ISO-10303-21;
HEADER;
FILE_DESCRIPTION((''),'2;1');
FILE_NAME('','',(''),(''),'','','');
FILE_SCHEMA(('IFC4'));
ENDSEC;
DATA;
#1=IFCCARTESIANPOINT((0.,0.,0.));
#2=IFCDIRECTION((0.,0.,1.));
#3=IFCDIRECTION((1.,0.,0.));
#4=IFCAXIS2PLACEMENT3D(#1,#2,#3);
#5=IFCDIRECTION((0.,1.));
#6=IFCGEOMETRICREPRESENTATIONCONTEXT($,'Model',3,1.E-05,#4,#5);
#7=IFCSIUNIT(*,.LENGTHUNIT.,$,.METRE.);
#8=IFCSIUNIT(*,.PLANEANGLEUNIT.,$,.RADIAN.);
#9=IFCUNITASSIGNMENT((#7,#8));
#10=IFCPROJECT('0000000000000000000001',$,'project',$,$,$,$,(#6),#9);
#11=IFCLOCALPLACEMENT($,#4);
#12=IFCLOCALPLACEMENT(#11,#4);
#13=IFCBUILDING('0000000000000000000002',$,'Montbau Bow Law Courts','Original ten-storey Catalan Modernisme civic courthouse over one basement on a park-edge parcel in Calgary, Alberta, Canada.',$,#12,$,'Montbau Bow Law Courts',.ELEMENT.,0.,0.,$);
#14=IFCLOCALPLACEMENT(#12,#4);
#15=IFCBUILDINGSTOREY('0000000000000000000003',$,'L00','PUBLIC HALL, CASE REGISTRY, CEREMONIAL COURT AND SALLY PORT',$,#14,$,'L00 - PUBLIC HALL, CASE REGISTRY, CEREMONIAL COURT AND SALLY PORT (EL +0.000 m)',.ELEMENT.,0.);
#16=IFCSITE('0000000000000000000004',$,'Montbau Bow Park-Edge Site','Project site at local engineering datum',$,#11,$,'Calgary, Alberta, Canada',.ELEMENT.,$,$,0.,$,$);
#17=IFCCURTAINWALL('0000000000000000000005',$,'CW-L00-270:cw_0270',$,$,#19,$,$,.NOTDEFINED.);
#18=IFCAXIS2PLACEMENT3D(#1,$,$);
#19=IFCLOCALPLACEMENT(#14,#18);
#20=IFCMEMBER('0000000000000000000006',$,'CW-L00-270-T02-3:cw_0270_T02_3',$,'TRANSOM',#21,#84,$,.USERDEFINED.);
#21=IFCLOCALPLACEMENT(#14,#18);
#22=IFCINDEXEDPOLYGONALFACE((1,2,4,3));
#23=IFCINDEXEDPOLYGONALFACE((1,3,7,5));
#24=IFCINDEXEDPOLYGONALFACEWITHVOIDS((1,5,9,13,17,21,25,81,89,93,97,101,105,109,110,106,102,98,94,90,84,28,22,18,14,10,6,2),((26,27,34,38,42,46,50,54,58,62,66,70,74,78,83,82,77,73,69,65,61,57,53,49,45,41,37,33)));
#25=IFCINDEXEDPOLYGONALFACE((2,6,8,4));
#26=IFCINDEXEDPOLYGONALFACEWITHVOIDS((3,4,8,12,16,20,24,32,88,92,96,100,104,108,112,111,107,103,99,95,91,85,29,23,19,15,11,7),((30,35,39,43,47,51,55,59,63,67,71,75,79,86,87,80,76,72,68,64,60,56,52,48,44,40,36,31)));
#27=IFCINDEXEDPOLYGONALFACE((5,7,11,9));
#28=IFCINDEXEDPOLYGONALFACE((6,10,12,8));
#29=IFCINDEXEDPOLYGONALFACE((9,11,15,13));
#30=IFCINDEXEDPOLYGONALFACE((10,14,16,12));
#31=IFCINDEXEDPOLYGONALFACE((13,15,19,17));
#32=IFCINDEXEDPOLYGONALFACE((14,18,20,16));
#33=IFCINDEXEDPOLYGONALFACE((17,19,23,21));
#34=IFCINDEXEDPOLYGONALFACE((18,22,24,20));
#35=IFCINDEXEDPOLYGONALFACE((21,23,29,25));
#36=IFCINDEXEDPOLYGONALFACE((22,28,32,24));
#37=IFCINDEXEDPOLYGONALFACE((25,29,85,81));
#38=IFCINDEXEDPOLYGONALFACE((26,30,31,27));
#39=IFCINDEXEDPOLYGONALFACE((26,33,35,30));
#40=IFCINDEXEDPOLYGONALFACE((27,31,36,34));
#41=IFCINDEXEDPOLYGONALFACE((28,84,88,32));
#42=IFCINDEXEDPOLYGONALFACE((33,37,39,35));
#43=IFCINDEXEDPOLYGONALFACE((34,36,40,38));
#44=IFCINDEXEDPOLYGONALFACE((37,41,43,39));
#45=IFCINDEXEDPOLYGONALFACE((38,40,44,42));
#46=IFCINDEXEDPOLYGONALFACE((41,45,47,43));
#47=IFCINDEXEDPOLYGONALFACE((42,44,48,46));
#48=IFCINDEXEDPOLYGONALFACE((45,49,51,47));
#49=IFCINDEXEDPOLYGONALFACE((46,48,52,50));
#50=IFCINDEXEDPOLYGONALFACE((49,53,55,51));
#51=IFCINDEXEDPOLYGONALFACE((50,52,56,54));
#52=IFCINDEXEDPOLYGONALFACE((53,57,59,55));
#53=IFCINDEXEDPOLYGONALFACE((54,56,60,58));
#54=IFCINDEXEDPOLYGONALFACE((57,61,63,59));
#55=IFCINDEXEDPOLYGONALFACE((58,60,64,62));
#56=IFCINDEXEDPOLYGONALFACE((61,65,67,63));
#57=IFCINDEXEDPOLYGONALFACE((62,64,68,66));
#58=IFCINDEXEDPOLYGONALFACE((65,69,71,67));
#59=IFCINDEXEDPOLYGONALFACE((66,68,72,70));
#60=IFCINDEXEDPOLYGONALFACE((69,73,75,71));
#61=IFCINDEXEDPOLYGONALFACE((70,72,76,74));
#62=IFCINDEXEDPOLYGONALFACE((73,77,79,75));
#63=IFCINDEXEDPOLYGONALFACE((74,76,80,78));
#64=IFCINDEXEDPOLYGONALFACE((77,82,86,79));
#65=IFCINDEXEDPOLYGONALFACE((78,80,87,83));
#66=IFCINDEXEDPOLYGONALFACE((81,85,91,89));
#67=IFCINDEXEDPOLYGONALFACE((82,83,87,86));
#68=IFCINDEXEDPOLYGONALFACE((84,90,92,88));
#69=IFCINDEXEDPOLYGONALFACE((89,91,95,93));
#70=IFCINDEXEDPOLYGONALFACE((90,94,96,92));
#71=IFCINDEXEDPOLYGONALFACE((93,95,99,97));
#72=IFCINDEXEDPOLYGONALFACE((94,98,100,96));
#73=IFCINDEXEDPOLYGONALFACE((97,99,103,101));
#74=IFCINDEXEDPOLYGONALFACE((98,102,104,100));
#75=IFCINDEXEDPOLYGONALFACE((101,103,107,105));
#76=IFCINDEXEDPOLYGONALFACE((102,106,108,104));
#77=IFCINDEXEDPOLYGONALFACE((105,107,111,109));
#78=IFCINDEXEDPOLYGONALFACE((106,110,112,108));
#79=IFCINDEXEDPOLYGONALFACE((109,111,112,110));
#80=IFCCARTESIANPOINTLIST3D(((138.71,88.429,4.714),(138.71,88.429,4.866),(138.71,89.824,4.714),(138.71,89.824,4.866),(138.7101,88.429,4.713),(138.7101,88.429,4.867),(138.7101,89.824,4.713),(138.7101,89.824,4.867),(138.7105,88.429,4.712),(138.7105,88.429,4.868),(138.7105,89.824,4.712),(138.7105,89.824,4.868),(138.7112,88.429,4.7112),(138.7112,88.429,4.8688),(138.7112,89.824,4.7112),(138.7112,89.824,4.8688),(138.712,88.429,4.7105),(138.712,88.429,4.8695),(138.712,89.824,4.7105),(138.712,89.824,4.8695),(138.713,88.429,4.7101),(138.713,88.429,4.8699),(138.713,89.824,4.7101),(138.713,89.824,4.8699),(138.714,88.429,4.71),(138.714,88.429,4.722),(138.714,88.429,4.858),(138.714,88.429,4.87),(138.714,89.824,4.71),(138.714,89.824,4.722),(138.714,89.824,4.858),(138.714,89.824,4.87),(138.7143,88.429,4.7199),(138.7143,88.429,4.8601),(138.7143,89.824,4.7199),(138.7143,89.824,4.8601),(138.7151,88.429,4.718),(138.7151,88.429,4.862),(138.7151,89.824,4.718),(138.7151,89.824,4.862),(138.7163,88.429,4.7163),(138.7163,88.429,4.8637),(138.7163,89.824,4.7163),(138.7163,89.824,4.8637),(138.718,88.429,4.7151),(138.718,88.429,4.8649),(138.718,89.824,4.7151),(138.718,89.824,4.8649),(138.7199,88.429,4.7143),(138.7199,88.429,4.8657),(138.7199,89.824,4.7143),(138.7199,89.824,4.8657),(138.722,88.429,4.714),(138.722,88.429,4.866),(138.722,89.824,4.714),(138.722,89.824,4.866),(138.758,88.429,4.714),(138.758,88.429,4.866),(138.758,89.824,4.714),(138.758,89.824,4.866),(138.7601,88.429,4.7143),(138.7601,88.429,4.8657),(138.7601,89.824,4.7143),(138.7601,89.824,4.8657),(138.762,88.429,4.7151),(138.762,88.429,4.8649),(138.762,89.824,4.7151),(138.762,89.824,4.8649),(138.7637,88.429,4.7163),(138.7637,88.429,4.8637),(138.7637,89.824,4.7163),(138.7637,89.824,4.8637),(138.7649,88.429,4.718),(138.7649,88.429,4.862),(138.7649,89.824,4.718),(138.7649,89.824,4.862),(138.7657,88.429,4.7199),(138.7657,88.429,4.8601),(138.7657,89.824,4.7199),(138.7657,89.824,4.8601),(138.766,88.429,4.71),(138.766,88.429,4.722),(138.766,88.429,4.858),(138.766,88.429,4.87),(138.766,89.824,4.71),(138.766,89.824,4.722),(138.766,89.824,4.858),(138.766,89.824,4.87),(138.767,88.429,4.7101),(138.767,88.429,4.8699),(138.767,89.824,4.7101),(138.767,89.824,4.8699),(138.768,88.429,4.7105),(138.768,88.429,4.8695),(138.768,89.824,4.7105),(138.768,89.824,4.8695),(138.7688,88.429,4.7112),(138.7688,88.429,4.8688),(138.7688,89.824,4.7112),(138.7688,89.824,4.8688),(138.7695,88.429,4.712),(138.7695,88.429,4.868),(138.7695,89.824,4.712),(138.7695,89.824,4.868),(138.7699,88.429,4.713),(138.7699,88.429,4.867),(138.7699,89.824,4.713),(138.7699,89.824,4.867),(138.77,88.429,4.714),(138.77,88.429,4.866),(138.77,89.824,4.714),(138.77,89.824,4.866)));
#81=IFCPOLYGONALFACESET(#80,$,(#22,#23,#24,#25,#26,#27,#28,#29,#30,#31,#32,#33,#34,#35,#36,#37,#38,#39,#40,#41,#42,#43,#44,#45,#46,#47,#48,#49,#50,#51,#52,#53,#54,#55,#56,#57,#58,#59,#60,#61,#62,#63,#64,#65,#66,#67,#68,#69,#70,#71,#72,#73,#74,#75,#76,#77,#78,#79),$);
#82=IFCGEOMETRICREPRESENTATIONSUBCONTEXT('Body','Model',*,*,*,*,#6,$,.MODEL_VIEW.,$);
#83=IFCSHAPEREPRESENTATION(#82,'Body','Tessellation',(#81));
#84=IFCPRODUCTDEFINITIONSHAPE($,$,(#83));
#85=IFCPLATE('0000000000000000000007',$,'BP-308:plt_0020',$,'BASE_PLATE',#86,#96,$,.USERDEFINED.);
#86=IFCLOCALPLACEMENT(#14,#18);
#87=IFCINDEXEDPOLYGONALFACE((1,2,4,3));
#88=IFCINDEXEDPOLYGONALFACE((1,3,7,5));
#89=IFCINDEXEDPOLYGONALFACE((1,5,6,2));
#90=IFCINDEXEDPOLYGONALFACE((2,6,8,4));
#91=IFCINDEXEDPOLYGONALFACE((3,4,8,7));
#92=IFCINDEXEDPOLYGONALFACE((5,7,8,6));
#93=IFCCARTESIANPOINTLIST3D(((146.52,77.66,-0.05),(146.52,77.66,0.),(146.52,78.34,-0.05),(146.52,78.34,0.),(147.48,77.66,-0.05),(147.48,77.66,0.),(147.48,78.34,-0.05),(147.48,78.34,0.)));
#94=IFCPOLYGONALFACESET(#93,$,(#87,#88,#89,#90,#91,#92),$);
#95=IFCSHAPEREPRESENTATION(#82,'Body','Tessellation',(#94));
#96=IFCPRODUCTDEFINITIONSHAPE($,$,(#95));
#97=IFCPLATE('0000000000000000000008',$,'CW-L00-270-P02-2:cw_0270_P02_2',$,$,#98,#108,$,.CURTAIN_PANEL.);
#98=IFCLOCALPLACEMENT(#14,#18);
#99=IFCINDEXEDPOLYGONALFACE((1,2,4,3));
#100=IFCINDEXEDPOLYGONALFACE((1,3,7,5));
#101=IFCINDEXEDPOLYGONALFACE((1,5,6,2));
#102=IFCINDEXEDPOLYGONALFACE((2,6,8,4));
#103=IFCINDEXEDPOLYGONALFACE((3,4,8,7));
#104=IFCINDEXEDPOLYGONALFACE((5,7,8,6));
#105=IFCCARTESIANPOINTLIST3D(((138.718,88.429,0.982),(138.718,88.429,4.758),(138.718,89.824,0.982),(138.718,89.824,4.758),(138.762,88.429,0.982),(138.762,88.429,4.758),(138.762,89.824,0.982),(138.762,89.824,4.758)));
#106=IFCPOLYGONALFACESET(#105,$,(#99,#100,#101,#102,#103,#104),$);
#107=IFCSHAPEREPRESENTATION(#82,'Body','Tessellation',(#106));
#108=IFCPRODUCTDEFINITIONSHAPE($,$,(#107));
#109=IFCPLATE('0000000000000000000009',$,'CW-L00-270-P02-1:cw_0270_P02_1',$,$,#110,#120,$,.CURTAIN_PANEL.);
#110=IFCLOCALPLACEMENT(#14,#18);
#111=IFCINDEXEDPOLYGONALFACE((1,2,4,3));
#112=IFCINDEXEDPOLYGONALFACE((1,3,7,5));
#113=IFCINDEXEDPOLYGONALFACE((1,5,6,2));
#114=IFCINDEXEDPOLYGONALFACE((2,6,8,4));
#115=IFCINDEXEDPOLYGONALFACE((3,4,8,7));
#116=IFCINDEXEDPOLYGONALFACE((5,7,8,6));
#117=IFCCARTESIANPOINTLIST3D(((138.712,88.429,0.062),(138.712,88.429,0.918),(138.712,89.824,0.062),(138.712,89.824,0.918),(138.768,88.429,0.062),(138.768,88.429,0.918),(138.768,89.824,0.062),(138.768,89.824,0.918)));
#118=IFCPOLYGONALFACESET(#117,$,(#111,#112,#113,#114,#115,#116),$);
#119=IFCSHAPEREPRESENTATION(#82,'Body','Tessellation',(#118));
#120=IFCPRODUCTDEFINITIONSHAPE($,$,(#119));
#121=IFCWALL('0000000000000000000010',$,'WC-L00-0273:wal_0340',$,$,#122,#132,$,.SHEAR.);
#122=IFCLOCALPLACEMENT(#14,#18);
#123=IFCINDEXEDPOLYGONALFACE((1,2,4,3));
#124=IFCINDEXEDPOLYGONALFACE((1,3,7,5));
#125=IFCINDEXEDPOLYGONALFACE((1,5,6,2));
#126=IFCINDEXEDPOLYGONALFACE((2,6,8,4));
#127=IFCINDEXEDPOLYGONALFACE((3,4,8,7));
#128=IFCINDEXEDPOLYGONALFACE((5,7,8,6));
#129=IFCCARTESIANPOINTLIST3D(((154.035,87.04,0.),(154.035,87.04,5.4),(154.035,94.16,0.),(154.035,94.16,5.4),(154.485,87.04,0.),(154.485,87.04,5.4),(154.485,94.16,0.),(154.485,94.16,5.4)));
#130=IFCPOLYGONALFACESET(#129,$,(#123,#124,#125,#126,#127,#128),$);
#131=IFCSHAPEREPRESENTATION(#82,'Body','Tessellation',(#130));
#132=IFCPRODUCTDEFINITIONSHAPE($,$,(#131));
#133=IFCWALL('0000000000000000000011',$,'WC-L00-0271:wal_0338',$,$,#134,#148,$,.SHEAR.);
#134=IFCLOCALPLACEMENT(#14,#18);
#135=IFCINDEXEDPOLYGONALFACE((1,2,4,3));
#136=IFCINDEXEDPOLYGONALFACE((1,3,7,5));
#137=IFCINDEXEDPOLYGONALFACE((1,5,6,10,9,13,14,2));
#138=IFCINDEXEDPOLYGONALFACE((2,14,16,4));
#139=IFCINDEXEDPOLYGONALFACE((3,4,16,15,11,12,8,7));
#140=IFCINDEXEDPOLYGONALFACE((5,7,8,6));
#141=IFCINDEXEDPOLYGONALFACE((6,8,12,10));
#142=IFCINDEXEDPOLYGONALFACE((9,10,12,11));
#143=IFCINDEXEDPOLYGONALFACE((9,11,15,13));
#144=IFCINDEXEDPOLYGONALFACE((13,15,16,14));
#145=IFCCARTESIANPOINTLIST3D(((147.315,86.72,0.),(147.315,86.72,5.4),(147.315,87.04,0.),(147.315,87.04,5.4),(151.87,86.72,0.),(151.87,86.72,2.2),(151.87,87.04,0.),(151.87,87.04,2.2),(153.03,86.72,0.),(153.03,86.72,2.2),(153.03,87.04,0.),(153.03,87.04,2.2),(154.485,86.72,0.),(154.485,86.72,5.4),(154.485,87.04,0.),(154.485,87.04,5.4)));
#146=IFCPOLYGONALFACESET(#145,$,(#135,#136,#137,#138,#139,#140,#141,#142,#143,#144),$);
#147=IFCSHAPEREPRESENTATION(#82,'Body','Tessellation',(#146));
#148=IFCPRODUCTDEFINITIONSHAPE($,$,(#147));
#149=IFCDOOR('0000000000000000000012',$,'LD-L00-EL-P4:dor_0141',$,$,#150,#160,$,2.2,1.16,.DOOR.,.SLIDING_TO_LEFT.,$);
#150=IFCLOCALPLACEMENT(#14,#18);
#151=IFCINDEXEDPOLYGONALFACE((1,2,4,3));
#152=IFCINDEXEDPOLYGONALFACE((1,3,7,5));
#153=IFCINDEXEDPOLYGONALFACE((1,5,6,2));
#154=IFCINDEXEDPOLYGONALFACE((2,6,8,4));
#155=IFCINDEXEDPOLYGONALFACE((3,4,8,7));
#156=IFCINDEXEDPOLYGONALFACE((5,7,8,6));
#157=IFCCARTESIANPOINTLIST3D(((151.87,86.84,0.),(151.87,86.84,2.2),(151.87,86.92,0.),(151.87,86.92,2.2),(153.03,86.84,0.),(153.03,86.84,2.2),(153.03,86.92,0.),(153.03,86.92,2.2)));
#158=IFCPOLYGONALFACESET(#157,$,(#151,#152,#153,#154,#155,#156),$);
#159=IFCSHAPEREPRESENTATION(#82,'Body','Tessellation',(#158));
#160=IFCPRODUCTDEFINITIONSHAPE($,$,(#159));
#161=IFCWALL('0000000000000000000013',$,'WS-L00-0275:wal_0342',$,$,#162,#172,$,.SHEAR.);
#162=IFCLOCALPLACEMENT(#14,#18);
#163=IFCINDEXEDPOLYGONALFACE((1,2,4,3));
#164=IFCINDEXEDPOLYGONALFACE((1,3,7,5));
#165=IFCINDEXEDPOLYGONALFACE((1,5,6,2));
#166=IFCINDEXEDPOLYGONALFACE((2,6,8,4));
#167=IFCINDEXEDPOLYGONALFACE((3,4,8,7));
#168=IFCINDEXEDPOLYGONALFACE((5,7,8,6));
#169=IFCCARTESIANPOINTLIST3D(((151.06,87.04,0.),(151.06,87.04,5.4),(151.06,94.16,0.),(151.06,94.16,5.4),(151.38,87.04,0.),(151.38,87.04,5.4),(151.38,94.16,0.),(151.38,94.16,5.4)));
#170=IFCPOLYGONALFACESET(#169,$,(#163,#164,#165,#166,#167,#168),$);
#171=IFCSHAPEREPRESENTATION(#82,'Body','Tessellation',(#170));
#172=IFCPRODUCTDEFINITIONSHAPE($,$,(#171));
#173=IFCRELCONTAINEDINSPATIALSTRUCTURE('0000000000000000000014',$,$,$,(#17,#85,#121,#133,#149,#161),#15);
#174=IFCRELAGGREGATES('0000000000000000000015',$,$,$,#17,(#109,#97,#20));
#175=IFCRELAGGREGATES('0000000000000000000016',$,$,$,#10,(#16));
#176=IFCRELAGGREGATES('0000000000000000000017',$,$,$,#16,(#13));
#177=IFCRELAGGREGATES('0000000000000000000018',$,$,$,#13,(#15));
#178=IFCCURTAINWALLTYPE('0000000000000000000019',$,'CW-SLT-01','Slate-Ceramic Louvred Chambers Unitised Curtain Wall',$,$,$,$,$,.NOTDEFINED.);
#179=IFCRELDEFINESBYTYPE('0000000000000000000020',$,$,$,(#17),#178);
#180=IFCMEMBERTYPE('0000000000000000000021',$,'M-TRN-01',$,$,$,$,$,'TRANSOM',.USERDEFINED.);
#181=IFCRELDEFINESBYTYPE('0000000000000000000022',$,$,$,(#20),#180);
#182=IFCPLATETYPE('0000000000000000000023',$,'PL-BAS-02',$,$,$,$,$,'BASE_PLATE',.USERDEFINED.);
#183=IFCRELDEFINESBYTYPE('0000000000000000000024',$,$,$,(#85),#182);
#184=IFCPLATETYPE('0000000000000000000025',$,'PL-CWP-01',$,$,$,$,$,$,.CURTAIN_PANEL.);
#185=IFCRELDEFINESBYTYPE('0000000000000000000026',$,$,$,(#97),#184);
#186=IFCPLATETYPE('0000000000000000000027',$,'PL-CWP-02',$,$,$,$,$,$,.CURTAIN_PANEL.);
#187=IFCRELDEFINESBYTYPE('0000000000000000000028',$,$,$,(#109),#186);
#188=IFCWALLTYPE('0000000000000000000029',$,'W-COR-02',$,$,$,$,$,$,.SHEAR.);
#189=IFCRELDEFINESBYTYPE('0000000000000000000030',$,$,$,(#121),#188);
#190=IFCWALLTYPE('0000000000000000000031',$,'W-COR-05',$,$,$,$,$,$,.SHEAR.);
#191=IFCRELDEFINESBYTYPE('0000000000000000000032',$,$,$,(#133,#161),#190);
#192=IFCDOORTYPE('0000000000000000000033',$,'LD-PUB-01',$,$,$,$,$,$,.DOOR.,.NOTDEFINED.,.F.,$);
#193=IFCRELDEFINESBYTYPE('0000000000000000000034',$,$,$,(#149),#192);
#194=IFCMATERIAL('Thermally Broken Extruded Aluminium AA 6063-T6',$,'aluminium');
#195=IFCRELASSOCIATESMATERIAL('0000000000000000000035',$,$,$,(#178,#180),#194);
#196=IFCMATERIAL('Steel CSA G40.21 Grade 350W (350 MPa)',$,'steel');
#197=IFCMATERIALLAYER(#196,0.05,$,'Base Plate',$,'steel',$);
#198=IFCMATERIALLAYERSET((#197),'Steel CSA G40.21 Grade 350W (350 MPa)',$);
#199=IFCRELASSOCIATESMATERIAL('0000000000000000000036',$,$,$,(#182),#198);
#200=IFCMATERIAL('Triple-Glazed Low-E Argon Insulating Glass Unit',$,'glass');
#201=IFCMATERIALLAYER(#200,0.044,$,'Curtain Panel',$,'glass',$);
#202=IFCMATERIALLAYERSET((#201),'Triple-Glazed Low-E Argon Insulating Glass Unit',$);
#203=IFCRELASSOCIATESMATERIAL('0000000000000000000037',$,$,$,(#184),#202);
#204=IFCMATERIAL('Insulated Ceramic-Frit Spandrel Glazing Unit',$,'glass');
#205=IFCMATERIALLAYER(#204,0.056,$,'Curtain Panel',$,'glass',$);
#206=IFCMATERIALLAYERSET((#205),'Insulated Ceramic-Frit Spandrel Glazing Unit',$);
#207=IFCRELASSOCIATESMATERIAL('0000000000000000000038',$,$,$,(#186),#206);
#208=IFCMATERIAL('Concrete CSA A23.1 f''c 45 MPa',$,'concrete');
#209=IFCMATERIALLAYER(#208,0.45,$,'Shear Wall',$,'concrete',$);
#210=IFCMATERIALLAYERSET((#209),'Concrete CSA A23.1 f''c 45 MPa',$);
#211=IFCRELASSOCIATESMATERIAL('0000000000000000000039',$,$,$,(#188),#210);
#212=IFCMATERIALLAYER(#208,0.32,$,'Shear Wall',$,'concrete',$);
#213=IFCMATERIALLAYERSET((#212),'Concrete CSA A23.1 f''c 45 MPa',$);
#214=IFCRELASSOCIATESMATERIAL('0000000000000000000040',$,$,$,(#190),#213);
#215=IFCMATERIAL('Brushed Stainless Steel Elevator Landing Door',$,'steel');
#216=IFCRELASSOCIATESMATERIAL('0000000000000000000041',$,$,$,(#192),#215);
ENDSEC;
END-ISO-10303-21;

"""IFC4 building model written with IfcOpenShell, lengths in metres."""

from ifc_helpers import new_model, si_unit, direction, frame, frame_2d, origin_with_axes, origin_2d_with_axis, place, context, subcontext, project, spatial, rectangle, hollow_rectangle, extrude, material, layer, layer_set, material_profile, profile_set, type_object, element, fill, aggregate, save


model = new_model("IFC4")

# Units and contexts
model_context = context("Model", 3, precision=1e-05, world=origin_with_axes(), true_north=direction((0.0, 1.0)))
body_context = subcontext(model_context, "Body", "Model", "MODEL_VIEW")
ifc_project = project(units=[si_unit("LENGTHUNIT", "METRE"), si_unit("PLANEANGLEUNIT", "RADIAN")], contexts=[model_context])

# Site, building, storey
site_placement = place(None, origin_with_axes())
site = spatial("IfcSite", under=ifc_project, at=site_placement, Name="Montbau Bow Park-Edge Site", Description="Project site at local engineering datum", LongName="Calgary, Alberta, Canada", CompositionType="ELEMENT", RefElevation=0.0)
building_placement = place(site_placement, origin_with_axes())
building = spatial("IfcBuilding", under=site, at=building_placement, Name="Montbau Bow Law Courts", Description="Original ten-storey Catalan Modernisme civic courthouse over one basement on a park-edge parcel in Calgary, Alberta, Canada.", LongName="Montbau Bow Law Courts", CompositionType="ELEMENT", ElevationOfRefHeight=0.0, ElevationOfTerrain=0.0)
storey_placement = place(building_placement, origin_with_axes())
storey = spatial("IfcBuildingStorey", under=building, at=storey_placement, Name="L00", Description="PUBLIC HALL, CASE REGISTRY, CEREMONIAL COURT AND SALLY PORT", LongName="L00 - PUBLIC HALL, CASE REGISTRY, CEREMONIAL COURT AND SALLY PORT (EL +0.000 m)", CompositionType="ELEMENT", Elevation=0.0)

# Shared definitions
ifc_material_1 = material(Name="Steel CSA G40.21 Grade 350W (350 MPa)", Category="steel")

# Curtain wall, member
ifc_material_2 = material(Name="Thermally Broken Extruded Aluminium AA 6063-T6", Category="aluminium")
curtain_wall_type = type_object("IfcCurtainWallType", Name="CW-SLT-01", Description="Slate-Ceramic Louvred Chambers Unitised Curtain Wall", PredefinedType="NOTDEFINED", material=ifc_material_2)
curtain_wall_placement = place(None, frame((138.74, 86.915, 0.0), z_axis=(0.0, 0.0, 1.0), x_axis=(1.0, 0.0, 0.0)))
curtain_wall = element("IfcCurtainWall", 1, at=curtain_wall_placement, inside=storey, type_object=curtain_wall_type, Name="CW-L00-270:cw_0270", PredefinedType="NOTDEFINED")
ifc_material_profile_1 = material_profile(ifc_material_2, hollow_rectangle(XDim=0.06, YDim=0.16, WallThickness=0.004, InnerFilletRadius=0.008, OuterFilletRadius=0.004, at=origin_2d_with_axis()), Name="CWT-160X60", Category="Main", Priority=0)
ifc_profile_set_1 = profile_set([ifc_material_profile_1], Name="Thermally Broken Extruded Aluminium AA 6063-T6")
member_type_1 = type_object("IfcMemberType", Name="M-TRN-01", ElementType="TRANSOM", PredefinedType="USERDEFINED", material=ifc_profile_set_1)
member_1_placement = place(None, frame((138.74, 88.429, 4.79), z_axis=(0.0, 1.0, 0.0), x_axis=(-1.0, 0.0, 0.0)))
member_1 = element("IfcMember", 2, at=member_1_placement, type_object=member_type_1, Name="CW-L00-270-T02-3:cw_0270_T02_3", ObjectType="TRANSOM", PredefinedType="USERDEFINED", context=body_context, shape_type="SweptSolid", body=[
    extrude(hollow_rectangle(XDim=0.06, YDim=0.16, WallThickness=0.004, InnerFilletRadius=0.008, OuterFilletRadius=0.004, at=origin_2d_with_axis()), origin_with_axes(), (0.0, 0.0, 1.0), 1.395),
])

# Plates
ifc_layer_1 = layer(ifc_material_1, 0.05, Name="Base Plate", Category="steel")
ifc_layer_set_1 = layer_set([ifc_layer_1], Name="Steel CSA G40.21 Grade 350W (350 MPa)")
plate_type_1 = type_object("IfcPlateType", Name="PL-BAS-02", ElementType="BASE_PLATE", PredefinedType="USERDEFINED", material=ifc_layer_set_1)
plate_1_placement = place(None, frame((147.0, 78.0, -0.05), z_axis=(0.0, 0.0, 1.0), x_axis=(1.0, 0.0, 0.0)))
element("IfcPlate", 3, at=plate_1_placement, inside=storey, type_object=plate_type_1, Name="BP-308:plt_0020", ObjectType="BASE_PLATE", PredefinedType="USERDEFINED", context=body_context, shape_type="SweptSolid", body=[
    extrude(rectangle(XDim=0.96, YDim=0.68, at=origin_2d_with_axis()), origin_with_axes(), (0.0, 0.0, 1.0), 0.05),
])
ifc_material_3 = material(Name="Triple-Glazed Low-E Argon Insulating Glass Unit", Category="glass")
ifc_layer_2 = layer(ifc_material_3, 0.044, Name="Curtain Panel", Category="glass")
ifc_layer_set_2 = layer_set([ifc_layer_2], Name="Triple-Glazed Low-E Argon Insulating Glass Unit")
plate_type_2 = type_object("IfcPlateType", Name="PL-CWP-01", PredefinedType="CURTAIN_PANEL", material=ifc_layer_set_2)
plate_2_placement = place(None, frame((138.74, 88.429, 0.982), z_axis=(1.0, 0.0, 0.0), x_axis=(0.0, 1.0, 0.0)))
plate_2 = element("IfcPlate", 4, at=plate_2_placement, type_object=plate_type_2, Name="CW-L00-270-P02-2:cw_0270_P02_2", PredefinedType="CURTAIN_PANEL", context=body_context, shape_type="SweptSolid", body=[
    extrude(rectangle(XDim=1.395, YDim=3.776, at=frame_2d((0.6975, 1.888), x_axis=(1.0, 0.0))), frame((0.0, 0.0, -0.022), z_axis=(0.0, 0.0, 1.0), x_axis=(1.0, 0.0, 0.0)), (0.0, 0.0, 1.0), 0.044),
])
ifc_material_4 = material(Name="Insulated Ceramic-Frit Spandrel Glazing Unit", Category="glass")
ifc_layer_3 = layer(ifc_material_4, 0.056, Name="Curtain Panel", Category="glass")
ifc_layer_set_3 = layer_set([ifc_layer_3], Name="Insulated Ceramic-Frit Spandrel Glazing Unit")
plate_type_3 = type_object("IfcPlateType", Name="PL-CWP-02", PredefinedType="CURTAIN_PANEL", material=ifc_layer_set_3)
plate_3_placement = place(None, frame((138.74, 88.429, 0.062), z_axis=(1.0, 0.0, 0.0), x_axis=(0.0, 1.0, 0.0)))
plate_3 = element("IfcPlate", 5, at=plate_3_placement, type_object=plate_type_3, Name="CW-L00-270-P02-1:cw_0270_P02_1", PredefinedType="CURTAIN_PANEL", context=body_context, shape_type="SweptSolid", body=[
    extrude(rectangle(XDim=1.395, YDim=0.856, at=frame_2d((0.6975, 0.428), x_axis=(1.0, 0.0))), frame((0.0, 0.0, -0.028), z_axis=(0.0, 0.0, 1.0), x_axis=(1.0, 0.0, 0.0)), (0.0, 0.0, 1.0), 0.056),
])
aggregate(curtain_wall, [plate_3, plate_2, member_1])

# Wall
ifc_material_5 = material(Name="Concrete CSA A23.1 f'c 45 MPa", Category="concrete")
ifc_layer_4 = layer(ifc_material_5, 0.45, Name="Shear Wall", Category="concrete")
ifc_layer_set_4 = layer_set([ifc_layer_4], Name="Concrete CSA A23.1 f'c 45 MPa")
wall_type_1 = type_object("IfcWallType", Name="W-COR-02", PredefinedType="SHEAR", material=ifc_layer_set_4)
wall_1_placement = place(None, frame((154.26, 87.04, 0.0), z_axis=(0.0, 0.0, 1.0), x_axis=(0.0, 1.0, 0.0)))
element("IfcWall", 6, at=wall_1_placement, inside=storey, type_object=wall_type_1, Name="WC-L00-0273:wal_0340", PredefinedType="SHEAR", context=body_context, shape_type="SweptSolid", body=[
    extrude(rectangle(XDim=7.12, YDim=0.45, at=frame_2d((3.56, 0.0), x_axis=(1.0, 0.0))), origin_with_axes(), (0.0, 0.0, 1.0), 5.4),
])

# Wall, opening, door
ifc_layer_5 = layer(ifc_material_5, 0.32, Name="Shear Wall", Category="concrete")
ifc_layer_set_5 = layer_set([ifc_layer_5], Name="Concrete CSA A23.1 f'c 45 MPa")
wall_type_2 = type_object("IfcWallType", Name="W-COR-05", PredefinedType="SHEAR", material=ifc_layer_set_5)
wall_2_placement = place(None, frame((147.315, 86.88, 0.0), z_axis=(0.0, 0.0, 1.0), x_axis=(1.0, 0.0, 0.0)))
wall_2 = element("IfcWall", 7, at=wall_2_placement, inside=storey, type_object=wall_type_2, Name="WC-L00-0271:wal_0338", PredefinedType="SHEAR", context=body_context, shape_type="SweptSolid", body=[
    extrude(rectangle(XDim=7.17, YDim=0.32, at=frame_2d((3.585, 0.0), x_axis=(1.0, 0.0))), origin_with_axes(), (0.0, 0.0, 1.0), 5.4),
])
opening_1_placement = place(None, frame((152.45, 86.88, 0.0), z_axis=(0.0, 0.0, 1.0), x_axis=(1.0, 0.0, 0.0)))
opening_1 = element("IfcOpeningElement", 8, at=opening_1_placement, cuts=wall_2, PredefinedType="OPENING", context=body_context, shape_type="SweptSolid", body=[
    extrude(rectangle(XDim=1.16, YDim=2.2, at=frame_2d((0.0, 1.1), x_axis=(1.0, 0.0))), frame((0.0, 0.17, 0.0), z_axis=(0.0, -1.0, 0.0), x_axis=(1.0, 0.0, 0.0)), (0.0, 0.0, 1.0), 0.34),
])
ifc_material_6 = material(Name="Brushed Stainless Steel Elevator Landing Door", Category="steel")
door_type_1 = type_object("IfcDoorType", Name="LD-PUB-01", OperationType="NOTDEFINED", ParameterTakesPrecedence=False, PredefinedType="DOOR", material=ifc_material_6)
door_1_placement = place(None, frame((152.45, 86.88, 0.0), z_axis=(0.0, 0.0, 1.0), x_axis=(-1.0, 0.0, 0.0)))
door_1 = element("IfcDoor", 9, at=door_1_placement, inside=storey, type_object=door_type_1, Name="LD-L00-EL-P4:dor_0141", OperationType="SLIDING_TO_LEFT", OverallHeight=2.2, OverallWidth=1.16, PredefinedType="DOOR", context=body_context, shape_type="SweptSolid", body=[
    extrude(rectangle(XDim=1.16, YDim=2.2, at=frame_2d((0.0, 1.1), x_axis=(1.0, 0.0))), frame((0.0, 0.04, 0.0), z_axis=(0.0, -1.0, 0.0), x_axis=(1.0, 0.0, 0.0)), (0.0, 0.0, 1.0), 0.08),
])
fill(opening_1, door_1)

# Wall
wall_3_placement = place(None, frame((151.22, 87.04, 0.0), z_axis=(0.0, 0.0, 1.0), x_axis=(0.0, 1.0, 0.0)))
element("IfcWall", 10, at=wall_3_placement, inside=storey, type_object=wall_type_2, Name="WS-L00-0275:wal_0342", PredefinedType="SHEAR", context=body_context, shape_type="SweptSolid", body=[
    extrude(rectangle(XDim=7.12, YDim=0.32, at=frame_2d((3.56, 0.0), x_axis=(1.0, 0.0))), origin_with_axes(), (0.0, 0.0, 1.0), 5.4),
])

save(model, "model.ifc")
